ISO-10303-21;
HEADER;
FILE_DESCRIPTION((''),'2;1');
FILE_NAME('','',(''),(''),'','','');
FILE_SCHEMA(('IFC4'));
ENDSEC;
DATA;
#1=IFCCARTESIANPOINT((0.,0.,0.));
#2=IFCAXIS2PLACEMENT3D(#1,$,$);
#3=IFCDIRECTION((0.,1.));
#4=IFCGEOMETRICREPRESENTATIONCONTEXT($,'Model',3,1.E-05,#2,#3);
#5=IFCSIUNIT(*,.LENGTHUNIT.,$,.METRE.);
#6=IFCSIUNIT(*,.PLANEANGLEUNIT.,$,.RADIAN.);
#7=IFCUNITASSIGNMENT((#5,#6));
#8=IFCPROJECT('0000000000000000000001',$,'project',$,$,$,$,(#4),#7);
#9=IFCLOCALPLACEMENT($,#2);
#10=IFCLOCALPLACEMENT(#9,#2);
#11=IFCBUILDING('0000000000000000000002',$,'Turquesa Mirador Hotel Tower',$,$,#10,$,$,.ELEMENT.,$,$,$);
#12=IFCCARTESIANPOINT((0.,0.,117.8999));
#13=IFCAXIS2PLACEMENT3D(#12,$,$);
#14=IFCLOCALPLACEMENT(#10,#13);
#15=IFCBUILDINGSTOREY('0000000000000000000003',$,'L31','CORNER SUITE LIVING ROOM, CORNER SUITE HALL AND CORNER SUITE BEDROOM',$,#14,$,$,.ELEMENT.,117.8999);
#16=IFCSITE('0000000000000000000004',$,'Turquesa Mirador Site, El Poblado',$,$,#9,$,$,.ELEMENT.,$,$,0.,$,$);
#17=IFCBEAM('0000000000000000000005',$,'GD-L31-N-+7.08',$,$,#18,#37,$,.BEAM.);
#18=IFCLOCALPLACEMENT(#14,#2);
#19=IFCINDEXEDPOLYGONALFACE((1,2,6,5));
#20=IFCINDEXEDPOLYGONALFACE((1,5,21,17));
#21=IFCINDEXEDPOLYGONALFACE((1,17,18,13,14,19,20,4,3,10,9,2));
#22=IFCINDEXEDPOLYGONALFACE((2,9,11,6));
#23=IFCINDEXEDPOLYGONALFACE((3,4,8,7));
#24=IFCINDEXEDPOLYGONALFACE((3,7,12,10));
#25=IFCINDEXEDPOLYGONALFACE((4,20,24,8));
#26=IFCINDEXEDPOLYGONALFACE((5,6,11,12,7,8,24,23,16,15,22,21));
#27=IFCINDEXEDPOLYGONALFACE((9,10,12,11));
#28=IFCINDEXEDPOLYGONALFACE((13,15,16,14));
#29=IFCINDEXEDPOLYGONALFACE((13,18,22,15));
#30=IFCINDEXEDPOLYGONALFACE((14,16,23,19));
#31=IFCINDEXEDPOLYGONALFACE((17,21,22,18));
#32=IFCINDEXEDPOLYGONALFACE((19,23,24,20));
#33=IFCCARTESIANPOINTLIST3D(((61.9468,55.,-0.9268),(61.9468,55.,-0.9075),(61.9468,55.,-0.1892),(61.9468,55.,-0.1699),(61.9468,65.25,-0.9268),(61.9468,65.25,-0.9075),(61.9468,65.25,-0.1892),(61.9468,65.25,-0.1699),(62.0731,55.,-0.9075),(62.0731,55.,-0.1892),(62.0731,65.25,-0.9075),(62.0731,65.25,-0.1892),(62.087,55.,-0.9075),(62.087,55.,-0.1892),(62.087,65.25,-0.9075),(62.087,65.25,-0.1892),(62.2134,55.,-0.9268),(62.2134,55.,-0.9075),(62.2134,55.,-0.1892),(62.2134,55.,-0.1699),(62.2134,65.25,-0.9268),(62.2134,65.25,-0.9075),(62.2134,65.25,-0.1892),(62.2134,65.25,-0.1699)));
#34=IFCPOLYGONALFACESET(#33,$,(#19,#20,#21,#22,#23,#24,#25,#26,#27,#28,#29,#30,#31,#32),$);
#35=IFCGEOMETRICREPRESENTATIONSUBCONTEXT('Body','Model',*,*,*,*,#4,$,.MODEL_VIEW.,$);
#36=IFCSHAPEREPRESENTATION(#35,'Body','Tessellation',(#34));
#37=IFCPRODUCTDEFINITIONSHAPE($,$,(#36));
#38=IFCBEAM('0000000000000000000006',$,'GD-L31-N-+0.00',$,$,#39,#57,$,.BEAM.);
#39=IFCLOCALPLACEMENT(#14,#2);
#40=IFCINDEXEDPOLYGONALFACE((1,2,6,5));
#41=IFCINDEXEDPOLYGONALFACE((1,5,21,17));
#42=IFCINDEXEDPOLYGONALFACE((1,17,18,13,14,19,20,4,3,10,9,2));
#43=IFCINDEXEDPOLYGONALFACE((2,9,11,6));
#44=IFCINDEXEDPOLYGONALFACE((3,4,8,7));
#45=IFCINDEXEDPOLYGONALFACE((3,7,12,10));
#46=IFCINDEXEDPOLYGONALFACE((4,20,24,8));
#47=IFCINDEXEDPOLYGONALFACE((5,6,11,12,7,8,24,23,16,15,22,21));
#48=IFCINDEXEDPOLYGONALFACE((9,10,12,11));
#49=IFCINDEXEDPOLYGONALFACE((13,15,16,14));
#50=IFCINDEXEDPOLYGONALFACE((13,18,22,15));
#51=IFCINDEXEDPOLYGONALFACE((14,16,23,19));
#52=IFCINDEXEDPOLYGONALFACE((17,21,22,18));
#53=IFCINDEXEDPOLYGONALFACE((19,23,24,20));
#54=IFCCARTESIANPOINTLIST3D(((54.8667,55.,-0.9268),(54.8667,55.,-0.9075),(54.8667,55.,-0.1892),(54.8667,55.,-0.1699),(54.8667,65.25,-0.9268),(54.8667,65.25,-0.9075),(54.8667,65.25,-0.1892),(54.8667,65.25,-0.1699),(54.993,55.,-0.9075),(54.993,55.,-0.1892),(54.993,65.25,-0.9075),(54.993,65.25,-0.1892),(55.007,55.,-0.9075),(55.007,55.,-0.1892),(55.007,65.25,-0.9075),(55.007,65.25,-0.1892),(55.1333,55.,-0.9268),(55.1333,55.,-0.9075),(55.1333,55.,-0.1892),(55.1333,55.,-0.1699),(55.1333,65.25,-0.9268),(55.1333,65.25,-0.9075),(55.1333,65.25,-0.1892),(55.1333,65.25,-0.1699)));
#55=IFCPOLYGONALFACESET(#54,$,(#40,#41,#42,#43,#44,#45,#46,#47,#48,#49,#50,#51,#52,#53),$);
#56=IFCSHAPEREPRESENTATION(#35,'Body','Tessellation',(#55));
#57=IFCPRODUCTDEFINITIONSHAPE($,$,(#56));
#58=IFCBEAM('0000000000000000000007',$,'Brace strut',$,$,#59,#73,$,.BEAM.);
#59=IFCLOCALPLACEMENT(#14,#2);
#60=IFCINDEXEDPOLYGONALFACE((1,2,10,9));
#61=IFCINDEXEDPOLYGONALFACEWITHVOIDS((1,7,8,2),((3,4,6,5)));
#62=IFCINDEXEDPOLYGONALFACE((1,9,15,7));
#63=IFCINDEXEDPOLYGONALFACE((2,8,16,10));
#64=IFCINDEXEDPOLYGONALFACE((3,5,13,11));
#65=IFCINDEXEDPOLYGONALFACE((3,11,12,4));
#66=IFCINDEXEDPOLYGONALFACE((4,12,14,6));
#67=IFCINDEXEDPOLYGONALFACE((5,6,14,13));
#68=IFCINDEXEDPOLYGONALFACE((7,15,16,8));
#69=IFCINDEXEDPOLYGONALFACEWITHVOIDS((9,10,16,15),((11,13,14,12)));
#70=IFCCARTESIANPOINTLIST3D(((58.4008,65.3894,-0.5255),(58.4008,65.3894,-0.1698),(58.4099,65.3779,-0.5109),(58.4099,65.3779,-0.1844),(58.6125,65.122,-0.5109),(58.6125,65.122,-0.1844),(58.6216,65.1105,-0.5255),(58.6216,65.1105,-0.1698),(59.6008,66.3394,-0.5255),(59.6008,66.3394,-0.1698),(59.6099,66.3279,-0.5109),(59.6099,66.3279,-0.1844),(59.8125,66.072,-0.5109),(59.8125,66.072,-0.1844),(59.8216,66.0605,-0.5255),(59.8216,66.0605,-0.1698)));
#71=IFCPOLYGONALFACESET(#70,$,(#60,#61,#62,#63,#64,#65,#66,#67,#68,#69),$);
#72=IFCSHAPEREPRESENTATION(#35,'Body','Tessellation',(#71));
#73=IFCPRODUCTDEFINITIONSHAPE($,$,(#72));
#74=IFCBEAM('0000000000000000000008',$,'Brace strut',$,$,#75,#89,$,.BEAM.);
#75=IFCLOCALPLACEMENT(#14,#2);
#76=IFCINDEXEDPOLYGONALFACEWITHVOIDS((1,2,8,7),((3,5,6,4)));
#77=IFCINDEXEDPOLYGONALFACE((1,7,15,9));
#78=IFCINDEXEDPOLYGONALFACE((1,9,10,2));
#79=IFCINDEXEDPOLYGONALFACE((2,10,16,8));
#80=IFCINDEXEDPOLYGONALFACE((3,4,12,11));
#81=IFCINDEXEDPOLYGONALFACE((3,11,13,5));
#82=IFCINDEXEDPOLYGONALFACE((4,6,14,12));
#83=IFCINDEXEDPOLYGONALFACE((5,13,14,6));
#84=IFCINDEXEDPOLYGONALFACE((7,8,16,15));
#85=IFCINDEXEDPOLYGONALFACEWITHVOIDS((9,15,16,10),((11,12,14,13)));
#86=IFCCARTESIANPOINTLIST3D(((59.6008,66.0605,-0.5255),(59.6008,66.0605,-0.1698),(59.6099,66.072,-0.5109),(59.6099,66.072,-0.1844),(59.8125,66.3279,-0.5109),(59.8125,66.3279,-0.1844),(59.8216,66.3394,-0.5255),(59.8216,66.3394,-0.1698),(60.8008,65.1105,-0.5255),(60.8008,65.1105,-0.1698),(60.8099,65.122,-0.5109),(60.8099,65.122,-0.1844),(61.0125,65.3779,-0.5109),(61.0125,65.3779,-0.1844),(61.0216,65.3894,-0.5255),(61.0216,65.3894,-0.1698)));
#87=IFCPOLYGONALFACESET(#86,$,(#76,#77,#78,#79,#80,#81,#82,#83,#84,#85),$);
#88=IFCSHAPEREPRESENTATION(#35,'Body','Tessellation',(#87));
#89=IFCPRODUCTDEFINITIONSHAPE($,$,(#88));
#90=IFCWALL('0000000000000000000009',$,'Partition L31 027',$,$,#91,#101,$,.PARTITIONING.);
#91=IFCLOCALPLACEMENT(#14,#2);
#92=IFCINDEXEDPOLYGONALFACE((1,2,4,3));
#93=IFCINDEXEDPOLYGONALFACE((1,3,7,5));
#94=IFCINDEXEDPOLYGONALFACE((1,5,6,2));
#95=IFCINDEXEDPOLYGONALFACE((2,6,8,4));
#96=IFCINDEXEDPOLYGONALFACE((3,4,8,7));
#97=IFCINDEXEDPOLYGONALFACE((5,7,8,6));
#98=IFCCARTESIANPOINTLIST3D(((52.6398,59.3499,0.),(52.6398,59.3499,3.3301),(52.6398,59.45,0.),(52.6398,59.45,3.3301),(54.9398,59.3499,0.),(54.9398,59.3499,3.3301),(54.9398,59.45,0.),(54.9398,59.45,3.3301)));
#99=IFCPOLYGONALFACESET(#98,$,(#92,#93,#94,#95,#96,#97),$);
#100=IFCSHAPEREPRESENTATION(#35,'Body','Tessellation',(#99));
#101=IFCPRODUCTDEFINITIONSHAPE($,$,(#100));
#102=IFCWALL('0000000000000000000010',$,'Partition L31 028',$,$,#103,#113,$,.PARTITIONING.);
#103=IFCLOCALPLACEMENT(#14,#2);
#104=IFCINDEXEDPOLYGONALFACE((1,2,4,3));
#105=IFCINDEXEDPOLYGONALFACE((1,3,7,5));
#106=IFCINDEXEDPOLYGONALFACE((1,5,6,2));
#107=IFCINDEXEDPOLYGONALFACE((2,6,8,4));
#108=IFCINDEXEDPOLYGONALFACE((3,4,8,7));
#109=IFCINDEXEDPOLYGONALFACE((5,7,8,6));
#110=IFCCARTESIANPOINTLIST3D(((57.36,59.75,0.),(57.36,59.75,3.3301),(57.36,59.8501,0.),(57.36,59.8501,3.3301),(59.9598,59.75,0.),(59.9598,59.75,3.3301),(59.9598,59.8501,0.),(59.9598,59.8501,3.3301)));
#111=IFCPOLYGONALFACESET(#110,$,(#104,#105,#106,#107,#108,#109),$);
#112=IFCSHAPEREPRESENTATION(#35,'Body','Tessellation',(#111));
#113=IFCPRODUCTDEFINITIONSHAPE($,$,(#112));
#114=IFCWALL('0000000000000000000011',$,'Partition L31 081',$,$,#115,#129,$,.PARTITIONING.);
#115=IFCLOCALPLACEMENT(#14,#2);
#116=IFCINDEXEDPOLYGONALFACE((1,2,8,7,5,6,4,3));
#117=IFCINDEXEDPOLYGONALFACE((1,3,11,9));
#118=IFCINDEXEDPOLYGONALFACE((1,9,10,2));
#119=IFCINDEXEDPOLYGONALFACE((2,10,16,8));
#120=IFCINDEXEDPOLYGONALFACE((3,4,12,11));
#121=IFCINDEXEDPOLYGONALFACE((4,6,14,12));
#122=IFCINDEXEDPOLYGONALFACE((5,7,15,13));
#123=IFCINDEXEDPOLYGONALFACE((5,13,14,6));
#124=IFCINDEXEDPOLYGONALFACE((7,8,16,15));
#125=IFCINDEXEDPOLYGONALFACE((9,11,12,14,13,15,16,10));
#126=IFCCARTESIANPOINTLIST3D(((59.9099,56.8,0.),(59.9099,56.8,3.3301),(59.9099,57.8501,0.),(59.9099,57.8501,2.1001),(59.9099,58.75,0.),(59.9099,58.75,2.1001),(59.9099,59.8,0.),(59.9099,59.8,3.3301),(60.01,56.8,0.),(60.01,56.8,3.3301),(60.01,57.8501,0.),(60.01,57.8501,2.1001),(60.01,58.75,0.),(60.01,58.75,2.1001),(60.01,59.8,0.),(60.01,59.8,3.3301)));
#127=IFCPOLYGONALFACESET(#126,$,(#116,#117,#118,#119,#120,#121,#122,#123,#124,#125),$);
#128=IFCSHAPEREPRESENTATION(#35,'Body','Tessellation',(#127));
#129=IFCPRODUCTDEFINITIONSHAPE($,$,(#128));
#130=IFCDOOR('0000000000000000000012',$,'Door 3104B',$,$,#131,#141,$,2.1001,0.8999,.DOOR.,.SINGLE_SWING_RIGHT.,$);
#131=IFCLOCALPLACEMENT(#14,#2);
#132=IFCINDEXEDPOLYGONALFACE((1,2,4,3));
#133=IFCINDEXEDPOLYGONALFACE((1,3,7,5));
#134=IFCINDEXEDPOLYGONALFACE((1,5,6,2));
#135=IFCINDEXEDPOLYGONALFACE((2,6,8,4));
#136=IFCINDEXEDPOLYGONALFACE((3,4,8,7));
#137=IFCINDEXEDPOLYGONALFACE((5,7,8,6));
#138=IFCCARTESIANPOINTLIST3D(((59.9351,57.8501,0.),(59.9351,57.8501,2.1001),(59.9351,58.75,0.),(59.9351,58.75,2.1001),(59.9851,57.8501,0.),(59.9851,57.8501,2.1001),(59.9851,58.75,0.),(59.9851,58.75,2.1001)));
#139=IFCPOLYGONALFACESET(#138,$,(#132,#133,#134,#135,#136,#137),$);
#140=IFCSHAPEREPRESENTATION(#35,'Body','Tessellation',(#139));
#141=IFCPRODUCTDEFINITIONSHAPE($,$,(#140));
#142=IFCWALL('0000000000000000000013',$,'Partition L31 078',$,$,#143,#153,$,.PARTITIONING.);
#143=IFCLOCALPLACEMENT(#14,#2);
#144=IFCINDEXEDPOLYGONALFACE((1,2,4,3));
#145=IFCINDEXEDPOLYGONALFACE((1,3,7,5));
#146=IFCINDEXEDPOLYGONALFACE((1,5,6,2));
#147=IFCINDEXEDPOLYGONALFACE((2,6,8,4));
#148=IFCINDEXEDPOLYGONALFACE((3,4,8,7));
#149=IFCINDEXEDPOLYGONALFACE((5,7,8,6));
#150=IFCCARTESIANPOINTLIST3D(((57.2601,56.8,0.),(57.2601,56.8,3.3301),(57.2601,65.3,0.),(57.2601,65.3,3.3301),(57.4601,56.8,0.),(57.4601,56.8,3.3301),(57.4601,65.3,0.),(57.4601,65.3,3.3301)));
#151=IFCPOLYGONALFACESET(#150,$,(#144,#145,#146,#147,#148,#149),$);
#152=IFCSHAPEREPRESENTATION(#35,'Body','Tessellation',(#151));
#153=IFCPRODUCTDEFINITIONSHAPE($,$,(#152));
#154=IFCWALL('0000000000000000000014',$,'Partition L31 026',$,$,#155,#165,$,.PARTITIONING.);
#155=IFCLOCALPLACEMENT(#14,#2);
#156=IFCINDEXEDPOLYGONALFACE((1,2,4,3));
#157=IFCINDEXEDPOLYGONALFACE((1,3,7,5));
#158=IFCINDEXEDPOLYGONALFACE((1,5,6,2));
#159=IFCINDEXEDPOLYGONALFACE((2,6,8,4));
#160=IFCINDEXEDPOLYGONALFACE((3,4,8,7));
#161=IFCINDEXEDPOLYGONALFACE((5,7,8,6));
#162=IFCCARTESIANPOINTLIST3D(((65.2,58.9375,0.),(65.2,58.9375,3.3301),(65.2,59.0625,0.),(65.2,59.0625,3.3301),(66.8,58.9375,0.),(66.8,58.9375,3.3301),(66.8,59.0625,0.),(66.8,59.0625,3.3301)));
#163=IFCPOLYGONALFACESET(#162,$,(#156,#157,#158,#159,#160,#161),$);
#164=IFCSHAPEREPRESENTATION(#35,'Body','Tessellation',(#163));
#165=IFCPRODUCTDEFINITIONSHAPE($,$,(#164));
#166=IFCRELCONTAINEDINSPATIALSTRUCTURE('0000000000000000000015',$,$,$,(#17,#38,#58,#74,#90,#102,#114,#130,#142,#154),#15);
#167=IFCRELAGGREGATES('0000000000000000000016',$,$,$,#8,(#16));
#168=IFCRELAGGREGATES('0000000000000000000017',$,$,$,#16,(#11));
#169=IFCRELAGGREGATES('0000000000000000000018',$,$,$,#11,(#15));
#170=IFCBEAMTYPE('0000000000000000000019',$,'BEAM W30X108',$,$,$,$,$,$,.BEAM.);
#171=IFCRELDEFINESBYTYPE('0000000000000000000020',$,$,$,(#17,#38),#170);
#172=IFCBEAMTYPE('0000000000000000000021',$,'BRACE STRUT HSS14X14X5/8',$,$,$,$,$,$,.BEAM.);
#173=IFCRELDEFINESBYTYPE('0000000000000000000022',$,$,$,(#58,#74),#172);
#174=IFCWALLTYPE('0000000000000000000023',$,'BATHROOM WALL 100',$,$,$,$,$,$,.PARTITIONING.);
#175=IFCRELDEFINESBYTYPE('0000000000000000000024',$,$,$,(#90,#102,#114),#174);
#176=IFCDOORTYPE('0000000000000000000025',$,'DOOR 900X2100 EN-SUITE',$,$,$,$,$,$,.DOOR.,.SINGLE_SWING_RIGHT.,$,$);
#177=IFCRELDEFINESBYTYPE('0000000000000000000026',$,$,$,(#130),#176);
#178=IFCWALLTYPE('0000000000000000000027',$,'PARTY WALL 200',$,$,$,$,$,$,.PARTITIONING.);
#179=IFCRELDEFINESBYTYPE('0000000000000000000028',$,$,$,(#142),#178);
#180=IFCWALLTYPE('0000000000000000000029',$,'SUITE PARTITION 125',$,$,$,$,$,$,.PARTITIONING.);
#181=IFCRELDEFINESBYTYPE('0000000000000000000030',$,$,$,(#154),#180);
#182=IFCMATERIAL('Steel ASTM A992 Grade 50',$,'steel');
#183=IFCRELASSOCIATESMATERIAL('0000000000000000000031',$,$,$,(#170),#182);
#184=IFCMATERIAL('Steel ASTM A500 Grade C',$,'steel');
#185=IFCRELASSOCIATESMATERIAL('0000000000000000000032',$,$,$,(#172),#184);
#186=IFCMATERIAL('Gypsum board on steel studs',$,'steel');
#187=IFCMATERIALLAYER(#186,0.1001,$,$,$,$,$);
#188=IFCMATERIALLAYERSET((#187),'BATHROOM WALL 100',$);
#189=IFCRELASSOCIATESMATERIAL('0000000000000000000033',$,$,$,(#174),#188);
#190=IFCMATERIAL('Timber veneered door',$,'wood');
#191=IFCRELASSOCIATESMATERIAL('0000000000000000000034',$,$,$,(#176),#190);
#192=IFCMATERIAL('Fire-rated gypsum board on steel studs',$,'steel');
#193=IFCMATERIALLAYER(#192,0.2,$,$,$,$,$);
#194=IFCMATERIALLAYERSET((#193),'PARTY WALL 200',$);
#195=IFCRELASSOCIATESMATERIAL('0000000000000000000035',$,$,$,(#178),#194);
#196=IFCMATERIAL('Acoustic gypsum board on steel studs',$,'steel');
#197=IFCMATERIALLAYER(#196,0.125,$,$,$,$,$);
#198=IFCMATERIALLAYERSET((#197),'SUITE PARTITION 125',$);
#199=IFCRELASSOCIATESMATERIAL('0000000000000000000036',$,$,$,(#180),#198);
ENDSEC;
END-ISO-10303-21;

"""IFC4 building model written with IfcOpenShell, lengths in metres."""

from ifc_helpers import new_model, si_unit, direction, frame, frame_2d, origin, origin_2d, place, context, subcontext, project, spatial, rectangle, hollow_rectangle, i_section, extrude, material, layer, layer_set, material_profile, profile_set, type_object, element, fill, save


model = new_model("IFC4")

# Units and contexts
model_context = context("Model", 3, precision=1e-05, world=origin(), true_north=direction((0.0, 1.0)))
body_context = subcontext(model_context, "Body", "Model", "MODEL_VIEW")
ifc_project = project(units=[si_unit("LENGTHUNIT", "METRE"), si_unit("PLANEANGLEUNIT", "RADIAN")], contexts=[model_context])

# Site, building, storey
site_placement = place(None, origin())
site = spatial("IfcSite", under=ifc_project, at=site_placement, Name="Turquesa Mirador Site, El Poblado", CompositionType="ELEMENT", RefElevation=0.0)
building_placement = place(site_placement, origin())
building = spatial("IfcBuilding", under=site, at=building_placement, Name="Turquesa Mirador Hotel Tower", CompositionType="ELEMENT")
storey_placement = place(building_placement, frame((0.0, 0.0, 117.8999)))
storey = spatial("IfcBuildingStorey", under=building, at=storey_placement, Name="L31", Description="CORNER SUITE LIVING ROOM, CORNER SUITE HALL AND CORNER SUITE BEDROOM", CompositionType="ELEMENT", Elevation=117.8999)

# Beams
ifc_material_1 = material(Name="Steel ASTM A992 Grade 50", Category="steel")
ifc_material_profile_1 = material_profile(ifc_material_1, i_section(OverallWidth=0.2666, OverallDepth=0.7568, WebThickness=0.0139, FlangeThickness=0.0193, at=origin_2d()), Name="W30X108")
ifc_profile_set_1 = profile_set([ifc_material_profile_1], Name="Steel ASTM A992 Grade 50")
beam_type_1 = type_object("IfcBeamType", Name="BEAM W30X108", PredefinedType="BEAM", material=ifc_profile_set_1)
for number, where, z_axis, x_axis, name in (
    (1, (62.0801, 65.25, -0.5483), (0.0, -1.0, 0.0), (1.0, 0.0, 0.0), "GD-L31-N-+7.08"),
    (2, (55.0, 65.25, -0.5483), (0.0, -1.0, 0.0), (1.0, 0.0, 0.0), "GD-L31-N-+0.00"),
):
    element("IfcBeam", number, at=place(storey_placement, frame(where, z_axis=z_axis, x_axis=x_axis)), inside=storey, type_object=beam_type_1, Name=name, PredefinedType="BEAM", context=body_context, shape_type="SweptSolid", body=[
        extrude(i_section(OverallWidth=0.2666, OverallDepth=0.7568, WebThickness=0.0139, FlangeThickness=0.0193, at=origin_2d()), origin(), (0.0, 0.0, 1.0), 10.25),
    ])
ifc_material_2 = material(Name="Steel ASTM A500 Grade C", Category="steel")
ifc_material_profile_2 = material_profile(ifc_material_2, hollow_rectangle(XDim=0.3557, YDim=0.3557, WallThickness=0.0146, at=origin_2d()), Name="HSS14X14X5/8")
ifc_profile_set_2 = profile_set([ifc_material_profile_2], Name="Steel ASTM A500 Grade C")
beam_type_2 = type_object("IfcBeamType", Name="BRACE STRUT HSS14X14X5/8", PredefinedType="BEAM", material=ifc_profile_set_2)
for number, where, z_axis, x_axis, name in (
    (3, (59.7112, 66.2, -0.3477), (-0.784049, -0.620699, 0.0), (0.620699, -0.784049, 0.0), "Brace strut"),
    (4, (59.7112, 66.2, -0.3477), (0.784049, -0.620699, 0.0), (0.620699, 0.784049, 0.0), "Brace strut"),
):
    element("IfcBeam", number, at=place(storey_placement, frame(where, z_axis=z_axis, x_axis=x_axis)), inside=storey, type_object=beam_type_2, Name=name, PredefinedType="BEAM", context=body_context, shape_type="SweptSolid", body=[
        extrude(hollow_rectangle(XDim=0.3557, YDim=0.3557, WallThickness=0.0146, at=origin_2d()), origin(), (0.0, 0.0, 1.0), 1.5305),
    ])

# Walls
ifc_material_3 = material(Name="Gypsum board on steel studs", Category="steel")
ifc_layer_1 = layer(ifc_material_3, 0.1001)
ifc_layer_set_1 = layer_set([ifc_layer_1], Name="BATHROOM WALL 100")
wall_type_1 = type_object("IfcWallType", Name="BATHROOM WALL 100", PredefinedType="PARTITIONING", material=ifc_layer_set_1)
wall_1_placement = place(storey_placement, frame((52.6399, 59.3999, 0.0), z_axis=(0.0, 0.0, 1.0), x_axis=(1.0, 0.0, 0.0)))
element("IfcWall", 5, at=wall_1_placement, inside=storey, type_object=wall_type_1, Name="Partition L31 027", PredefinedType="PARTITIONING", context=body_context, shape_type="SweptSolid", body=[
    extrude(rectangle(XDim=2.3, YDim=0.1001, at=frame_2d((1.1499, 0.0))), origin(), (0.0, 0.0, 1.0), 3.3301),
])
wall_2_placement = place(storey_placement, frame((57.3601, 59.8, 0.0), z_axis=(0.0, 0.0, 1.0), x_axis=(1.0, 0.0, 0.0)))
element("IfcWall", 6, at=wall_2_placement, inside=storey, type_object=wall_type_1, Name="Partition L31 028", PredefinedType="PARTITIONING", context=body_context, shape_type="SweptSolid", body=[
    extrude(rectangle(XDim=2.5999, YDim=0.1001, at=frame_2d((1.2998, 0.0))), origin(), (0.0, 0.0, 1.0), 3.3301),
])

# Wall, opening, door
wall_3_placement = place(storey_placement, frame((59.96, 56.8, 0.0), z_axis=(0.0, 0.0, 1.0), x_axis=(0.0, 1.0, 0.0)))
wall_3 = element("IfcWall", 7, at=wall_3_placement, inside=storey, type_object=wall_type_1, Name="Partition L31 081", PredefinedType="PARTITIONING", context=body_context, shape_type="SweptSolid", body=[
    extrude(rectangle(XDim=3.0, YDim=0.1001, at=frame_2d((1.5, 0.0))), origin(), (0.0, 0.0, 1.0), 3.3301),
])
opening_1_placement = place(wall_3_placement, frame((1.05, 0.0, 0.0)))
opening_1 = element("IfcOpeningElement", 8, at=opening_1_placement, cuts=wall_3, PredefinedType="OPENING", context=body_context, shape_type="SweptSolid", body=[
    extrude(rectangle(XDim=0.8999, YDim=2.1001, at=frame_2d((0.45, 1.05))), frame((0.0, 0.0601, 0.0), z_axis=(0.0, -1.0, 0.0), x_axis=(1.0, 0.0, 0.0)), (0.0, 0.0, 1.0), 0.1201),
])
ifc_material_4 = material(Name="Timber veneered door", Category="wood")
door_type_1 = type_object("IfcDoorType", Name="DOOR 900X2100 EN-SUITE", OperationType="SINGLE_SWING_RIGHT", PredefinedType="DOOR", material=ifc_material_4)
door_1_placement = place(opening_1_placement, origin())
door_1 = element("IfcDoor", 9, at=door_1_placement, inside=storey, type_object=door_type_1, Name="Door 3104B", OperationType="SINGLE_SWING_RIGHT", OverallHeight=2.1001, OverallWidth=0.8999, PredefinedType="DOOR", context=body_context, shape_type="SweptSolid", body=[
    extrude(rectangle(XDim=0.8999, YDim=2.1001, at=frame_2d((0.45, 1.05))), frame((0.0, 0.0249, 0.0), z_axis=(0.0, -1.0, 0.0), x_axis=(1.0, 0.0, 0.0)), (0.0, 0.0, 1.0), 0.05),
])
fill(opening_1, door_1)

# Walls
ifc_material_5 = material(Name="Fire-rated gypsum board on steel studs", Category="steel")
ifc_layer_2 = layer(ifc_material_5, 0.2)
ifc_layer_set_2 = layer_set([ifc_layer_2], Name="PARTY WALL 200")
wall_type_2 = type_object("IfcWallType", Name="PARTY WALL 200", PredefinedType="PARTITIONING", material=ifc_layer_set_2)
wall_4_placement = place(storey_placement, frame((57.3601, 56.8, 0.0), z_axis=(0.0, 0.0, 1.0), x_axis=(0.0, 1.0, 0.0)))
element("IfcWall", 10, at=wall_4_placement, inside=storey, type_object=wall_type_2, Name="Partition L31 078", PredefinedType="PARTITIONING", context=body_context, shape_type="SweptSolid", body=[
    extrude(rectangle(XDim=8.5, YDim=0.2, at=frame_2d((4.25, 0.0))), origin(), (0.0, 0.0, 1.0), 3.3301),
])
ifc_material_6 = material(Name="Acoustic gypsum board on steel studs", Category="steel")
ifc_layer_3 = layer(ifc_material_6, 0.125)
ifc_layer_set_3 = layer_set([ifc_layer_3], Name="SUITE PARTITION 125")
wall_type_3 = type_object("IfcWallType", Name="SUITE PARTITION 125", PredefinedType="PARTITIONING", material=ifc_layer_set_3)
wall_5_placement = place(storey_placement, frame((65.2, 59.0, 0.0), z_axis=(0.0, 0.0, 1.0), x_axis=(1.0, 0.0, 0.0)))
element("IfcWall", 11, at=wall_5_placement, inside=storey, type_object=wall_type_3, Name="Partition L31 026", PredefinedType="PARTITIONING", context=body_context, shape_type="SweptSolid", body=[
    extrude(rectangle(XDim=1.6001, YDim=0.125, at=frame_2d((0.8, 0.0))), origin(), (0.0, 0.0, 1.0), 3.3301),
])

save(model, "model.ifc")
